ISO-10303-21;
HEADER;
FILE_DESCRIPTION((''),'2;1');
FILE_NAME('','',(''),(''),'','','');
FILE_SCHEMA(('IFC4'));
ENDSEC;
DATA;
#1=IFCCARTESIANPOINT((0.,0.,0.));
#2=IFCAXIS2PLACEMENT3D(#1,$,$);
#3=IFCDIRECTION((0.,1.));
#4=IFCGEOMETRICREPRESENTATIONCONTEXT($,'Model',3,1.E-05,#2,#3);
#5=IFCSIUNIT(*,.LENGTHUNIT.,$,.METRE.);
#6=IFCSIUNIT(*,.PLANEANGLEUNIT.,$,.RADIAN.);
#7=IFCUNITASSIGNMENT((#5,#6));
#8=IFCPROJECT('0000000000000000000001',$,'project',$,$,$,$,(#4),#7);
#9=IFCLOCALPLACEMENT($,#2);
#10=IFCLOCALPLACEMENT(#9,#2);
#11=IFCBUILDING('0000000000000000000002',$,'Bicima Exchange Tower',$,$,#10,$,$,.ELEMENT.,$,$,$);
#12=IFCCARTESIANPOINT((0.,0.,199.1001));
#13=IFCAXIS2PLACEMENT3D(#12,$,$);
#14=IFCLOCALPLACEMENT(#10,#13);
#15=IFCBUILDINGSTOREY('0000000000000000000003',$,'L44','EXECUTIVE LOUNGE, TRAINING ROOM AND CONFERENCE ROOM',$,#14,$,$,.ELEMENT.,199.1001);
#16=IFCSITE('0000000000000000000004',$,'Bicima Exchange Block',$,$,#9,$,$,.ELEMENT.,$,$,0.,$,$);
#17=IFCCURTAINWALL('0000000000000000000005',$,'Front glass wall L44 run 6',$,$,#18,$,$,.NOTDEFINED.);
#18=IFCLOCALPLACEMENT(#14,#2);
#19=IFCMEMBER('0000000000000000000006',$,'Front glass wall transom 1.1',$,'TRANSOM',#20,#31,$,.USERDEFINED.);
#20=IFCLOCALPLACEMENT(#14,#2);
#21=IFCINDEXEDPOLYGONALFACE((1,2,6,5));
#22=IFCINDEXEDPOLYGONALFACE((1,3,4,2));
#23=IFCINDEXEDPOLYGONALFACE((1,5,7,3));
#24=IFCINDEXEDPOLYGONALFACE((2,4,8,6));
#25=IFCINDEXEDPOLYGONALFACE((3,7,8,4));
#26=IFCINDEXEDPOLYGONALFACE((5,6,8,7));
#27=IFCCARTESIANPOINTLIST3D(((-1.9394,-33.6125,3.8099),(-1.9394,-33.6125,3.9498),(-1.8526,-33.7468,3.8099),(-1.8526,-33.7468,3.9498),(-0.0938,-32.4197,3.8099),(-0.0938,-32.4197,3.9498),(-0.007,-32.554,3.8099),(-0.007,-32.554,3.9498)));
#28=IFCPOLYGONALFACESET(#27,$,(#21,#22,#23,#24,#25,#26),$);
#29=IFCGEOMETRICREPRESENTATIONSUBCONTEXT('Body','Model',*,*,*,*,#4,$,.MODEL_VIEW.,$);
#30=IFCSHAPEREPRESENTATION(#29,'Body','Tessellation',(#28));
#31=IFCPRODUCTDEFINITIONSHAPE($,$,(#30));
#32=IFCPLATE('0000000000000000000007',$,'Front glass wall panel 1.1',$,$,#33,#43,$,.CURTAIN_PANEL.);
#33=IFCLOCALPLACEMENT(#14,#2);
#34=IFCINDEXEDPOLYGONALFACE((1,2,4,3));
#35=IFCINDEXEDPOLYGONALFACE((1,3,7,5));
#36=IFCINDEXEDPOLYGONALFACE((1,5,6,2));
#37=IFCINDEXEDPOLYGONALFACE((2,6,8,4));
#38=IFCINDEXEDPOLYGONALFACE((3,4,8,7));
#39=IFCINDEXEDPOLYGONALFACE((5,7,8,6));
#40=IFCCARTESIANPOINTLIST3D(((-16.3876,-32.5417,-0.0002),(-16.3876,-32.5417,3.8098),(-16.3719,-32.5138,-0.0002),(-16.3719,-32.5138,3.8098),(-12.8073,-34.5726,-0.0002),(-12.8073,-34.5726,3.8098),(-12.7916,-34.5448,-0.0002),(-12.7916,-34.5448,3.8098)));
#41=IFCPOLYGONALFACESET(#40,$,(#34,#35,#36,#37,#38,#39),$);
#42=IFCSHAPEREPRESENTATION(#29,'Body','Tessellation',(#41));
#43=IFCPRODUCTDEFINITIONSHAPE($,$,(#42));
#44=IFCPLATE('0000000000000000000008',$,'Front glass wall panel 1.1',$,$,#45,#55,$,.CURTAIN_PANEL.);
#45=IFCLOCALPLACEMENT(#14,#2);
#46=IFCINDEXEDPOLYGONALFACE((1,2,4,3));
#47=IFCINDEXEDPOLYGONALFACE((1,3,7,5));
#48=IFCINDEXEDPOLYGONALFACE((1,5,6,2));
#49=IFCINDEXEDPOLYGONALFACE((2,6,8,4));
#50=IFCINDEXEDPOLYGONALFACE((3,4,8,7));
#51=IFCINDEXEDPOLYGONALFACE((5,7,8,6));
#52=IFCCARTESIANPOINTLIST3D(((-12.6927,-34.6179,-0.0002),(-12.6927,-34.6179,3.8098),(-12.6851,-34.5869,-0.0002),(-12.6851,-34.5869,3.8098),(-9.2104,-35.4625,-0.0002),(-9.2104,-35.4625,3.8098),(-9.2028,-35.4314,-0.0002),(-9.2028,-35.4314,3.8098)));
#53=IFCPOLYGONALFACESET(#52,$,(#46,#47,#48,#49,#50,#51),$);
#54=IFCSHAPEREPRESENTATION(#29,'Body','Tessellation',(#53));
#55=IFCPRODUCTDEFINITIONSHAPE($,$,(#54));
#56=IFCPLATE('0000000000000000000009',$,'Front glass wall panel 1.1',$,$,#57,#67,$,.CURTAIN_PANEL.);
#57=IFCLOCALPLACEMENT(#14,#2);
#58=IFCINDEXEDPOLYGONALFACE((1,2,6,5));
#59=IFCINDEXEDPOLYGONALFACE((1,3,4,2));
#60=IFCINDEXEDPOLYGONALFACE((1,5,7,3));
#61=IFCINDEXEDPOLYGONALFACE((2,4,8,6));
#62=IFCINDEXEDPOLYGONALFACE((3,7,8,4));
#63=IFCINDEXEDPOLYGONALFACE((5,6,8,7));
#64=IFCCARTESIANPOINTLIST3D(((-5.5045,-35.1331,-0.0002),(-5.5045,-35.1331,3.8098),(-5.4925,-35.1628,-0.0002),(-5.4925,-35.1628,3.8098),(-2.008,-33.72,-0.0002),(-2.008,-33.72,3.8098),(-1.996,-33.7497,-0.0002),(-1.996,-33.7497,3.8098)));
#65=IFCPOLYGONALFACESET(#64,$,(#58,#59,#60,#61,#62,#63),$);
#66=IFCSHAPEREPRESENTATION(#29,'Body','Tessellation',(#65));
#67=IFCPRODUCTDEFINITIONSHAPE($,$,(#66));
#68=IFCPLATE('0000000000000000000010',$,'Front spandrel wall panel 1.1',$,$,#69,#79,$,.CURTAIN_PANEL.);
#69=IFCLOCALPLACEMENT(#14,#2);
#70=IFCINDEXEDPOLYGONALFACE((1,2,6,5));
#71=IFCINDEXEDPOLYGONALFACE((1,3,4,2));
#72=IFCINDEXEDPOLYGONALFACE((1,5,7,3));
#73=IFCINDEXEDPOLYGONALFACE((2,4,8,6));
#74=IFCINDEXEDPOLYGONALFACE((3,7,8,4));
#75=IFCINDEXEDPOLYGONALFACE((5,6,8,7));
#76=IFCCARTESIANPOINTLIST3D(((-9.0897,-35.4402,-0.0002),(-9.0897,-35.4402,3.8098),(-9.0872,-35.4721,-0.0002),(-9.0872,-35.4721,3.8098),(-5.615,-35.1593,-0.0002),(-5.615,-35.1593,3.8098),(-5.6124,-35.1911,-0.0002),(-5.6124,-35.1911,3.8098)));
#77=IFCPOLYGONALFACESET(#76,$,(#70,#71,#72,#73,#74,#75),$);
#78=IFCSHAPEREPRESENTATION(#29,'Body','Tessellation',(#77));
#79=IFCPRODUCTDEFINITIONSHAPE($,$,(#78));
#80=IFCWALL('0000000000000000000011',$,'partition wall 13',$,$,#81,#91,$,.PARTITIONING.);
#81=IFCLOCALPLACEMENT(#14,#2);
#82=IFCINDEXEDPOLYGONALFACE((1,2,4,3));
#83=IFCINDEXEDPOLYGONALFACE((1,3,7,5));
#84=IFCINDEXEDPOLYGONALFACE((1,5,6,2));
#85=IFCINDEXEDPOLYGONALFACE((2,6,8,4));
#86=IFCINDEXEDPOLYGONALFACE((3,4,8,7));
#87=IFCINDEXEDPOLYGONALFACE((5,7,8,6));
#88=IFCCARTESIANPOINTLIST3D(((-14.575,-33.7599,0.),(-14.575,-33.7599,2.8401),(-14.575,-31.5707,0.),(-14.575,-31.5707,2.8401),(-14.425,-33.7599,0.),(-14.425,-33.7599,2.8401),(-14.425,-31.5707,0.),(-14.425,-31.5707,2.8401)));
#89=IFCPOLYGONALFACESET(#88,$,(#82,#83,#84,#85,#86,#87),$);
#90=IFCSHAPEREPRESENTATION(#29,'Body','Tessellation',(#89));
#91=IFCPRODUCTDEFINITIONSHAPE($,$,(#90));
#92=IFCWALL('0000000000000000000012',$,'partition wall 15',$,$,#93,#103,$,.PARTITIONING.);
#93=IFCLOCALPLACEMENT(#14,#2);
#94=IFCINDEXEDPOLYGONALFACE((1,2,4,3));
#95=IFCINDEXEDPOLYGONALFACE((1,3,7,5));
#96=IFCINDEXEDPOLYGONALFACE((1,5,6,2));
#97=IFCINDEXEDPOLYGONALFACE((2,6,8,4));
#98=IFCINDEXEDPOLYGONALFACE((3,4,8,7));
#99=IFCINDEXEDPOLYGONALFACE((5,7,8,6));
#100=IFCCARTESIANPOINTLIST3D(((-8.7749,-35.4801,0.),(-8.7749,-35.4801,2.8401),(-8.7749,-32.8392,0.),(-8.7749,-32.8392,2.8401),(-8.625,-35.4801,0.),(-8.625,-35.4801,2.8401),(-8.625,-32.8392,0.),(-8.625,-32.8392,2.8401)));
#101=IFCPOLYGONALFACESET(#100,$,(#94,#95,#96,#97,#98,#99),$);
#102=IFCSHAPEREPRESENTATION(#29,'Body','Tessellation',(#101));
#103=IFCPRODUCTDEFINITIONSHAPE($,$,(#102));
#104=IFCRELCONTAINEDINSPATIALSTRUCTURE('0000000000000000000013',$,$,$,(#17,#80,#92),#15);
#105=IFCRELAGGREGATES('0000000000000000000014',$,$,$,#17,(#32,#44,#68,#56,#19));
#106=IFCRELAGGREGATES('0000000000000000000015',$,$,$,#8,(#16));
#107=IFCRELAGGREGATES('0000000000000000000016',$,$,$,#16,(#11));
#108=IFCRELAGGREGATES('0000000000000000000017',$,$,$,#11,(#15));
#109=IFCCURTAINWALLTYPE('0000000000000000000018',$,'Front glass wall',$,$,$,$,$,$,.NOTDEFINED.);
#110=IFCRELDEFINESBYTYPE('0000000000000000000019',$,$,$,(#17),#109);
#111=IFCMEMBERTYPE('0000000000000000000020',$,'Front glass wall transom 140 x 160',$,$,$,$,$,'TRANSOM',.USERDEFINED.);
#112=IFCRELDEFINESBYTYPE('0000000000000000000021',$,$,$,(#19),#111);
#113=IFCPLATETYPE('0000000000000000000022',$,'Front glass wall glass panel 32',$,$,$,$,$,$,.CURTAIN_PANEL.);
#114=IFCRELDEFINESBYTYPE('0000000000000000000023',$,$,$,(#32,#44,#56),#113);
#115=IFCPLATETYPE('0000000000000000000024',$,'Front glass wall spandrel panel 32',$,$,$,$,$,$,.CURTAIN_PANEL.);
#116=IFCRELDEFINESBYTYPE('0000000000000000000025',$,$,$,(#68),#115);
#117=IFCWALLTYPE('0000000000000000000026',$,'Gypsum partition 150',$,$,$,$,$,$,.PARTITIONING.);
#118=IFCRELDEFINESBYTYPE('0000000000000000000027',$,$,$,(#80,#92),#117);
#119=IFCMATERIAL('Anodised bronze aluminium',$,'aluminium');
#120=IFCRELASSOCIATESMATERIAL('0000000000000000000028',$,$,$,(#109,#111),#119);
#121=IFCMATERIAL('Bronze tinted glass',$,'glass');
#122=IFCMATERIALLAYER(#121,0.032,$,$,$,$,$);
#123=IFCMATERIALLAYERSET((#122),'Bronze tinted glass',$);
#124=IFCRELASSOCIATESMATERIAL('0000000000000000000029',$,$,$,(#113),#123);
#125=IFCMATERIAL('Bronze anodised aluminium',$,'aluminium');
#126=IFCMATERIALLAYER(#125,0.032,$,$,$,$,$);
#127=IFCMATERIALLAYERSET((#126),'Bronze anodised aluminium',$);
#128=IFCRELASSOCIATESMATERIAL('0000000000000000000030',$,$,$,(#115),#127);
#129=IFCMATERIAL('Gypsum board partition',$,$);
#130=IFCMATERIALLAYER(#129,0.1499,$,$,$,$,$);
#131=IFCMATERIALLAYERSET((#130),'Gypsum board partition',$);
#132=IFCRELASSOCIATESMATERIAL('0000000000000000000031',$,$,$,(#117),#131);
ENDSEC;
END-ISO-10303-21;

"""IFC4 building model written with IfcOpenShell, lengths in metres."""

from ifc_helpers import new_model, si_unit, direction, frame, frame_2d, origin, origin_2d, place, context, subcontext, project, spatial, rectangle, extrude, material, layer, layer_set, material_profile, profile_set, type_object, element, aggregate, save


model = new_model("IFC4")

# Units and contexts
model_context = context("Model", 3, precision=1e-05, world=origin(), true_north=direction((0.0, 1.0)))
body_context = subcontext(model_context, "Body", "Model", "MODEL_VIEW")
ifc_project = project(units=[si_unit("LENGTHUNIT", "METRE"), si_unit("PLANEANGLEUNIT", "RADIAN")], contexts=[model_context])

# Site, building, storey
site_placement = place(None, origin())
site = spatial("IfcSite", under=ifc_project, at=site_placement, Name="Bicima Exchange Block", CompositionType="ELEMENT", RefElevation=0.0)
building_placement = place(site_placement, origin())
building = spatial("IfcBuilding", under=site, at=building_placement, Name="Bicima Exchange Tower", CompositionType="ELEMENT")
storey_placement = place(building_placement, frame((0.0, 0.0, 199.1001)))
storey = spatial("IfcBuildingStorey", under=building, at=storey_placement, Name="L44", Description="EXECUTIVE LOUNGE, TRAINING ROOM AND CONFERENCE ROOM", CompositionType="ELEMENT", Elevation=199.1001)

# Curtain wall, member, plates
ifc_material_1 = material(Name="Anodised bronze aluminium", Category="aluminium")
curtain_wall_type = type_object("IfcCurtainWallType", Name="Front glass wall", PredefinedType="NOTDEFINED", material=ifc_material_1)
curtain_wall_placement = place(storey_placement, origin())
curtain_wall = element("IfcCurtainWall", 1, at=curtain_wall_placement, inside=storey, type_object=curtain_wall_type, Name="Front glass wall L44 run 6", PredefinedType="NOTDEFINED")
ifc_material_profile_1 = material_profile(ifc_material_1, rectangle(XDim=0.1599, YDim=0.1399, at=origin_2d()))
ifc_profile_set_1 = profile_set([ifc_material_profile_1], Name="Anodised bronze aluminium")
member_type_1 = type_object("IfcMemberType", Name="Front glass wall transom 140 x 160", ElementType="TRANSOM", PredefinedType="USERDEFINED", material=ifc_profile_set_1)
member_1_placement = place(storey_placement, frame((-1.896, -33.6797, 3.8799), z_axis=(0.839862, 0.5428, 0.0), x_axis=(-0.5428, 0.839862, 0.0)))
member_1 = element("IfcMember", 2, at=member_1_placement, type_object=member_type_1, Name="Front glass wall transom 1.1", ObjectType="TRANSOM", PredefinedType="USERDEFINED", context=body_context, shape_type="SweptSolid", body=[
    extrude(rectangle(XDim=0.1599, YDim=0.1399, at=origin_2d()), origin(), (0.0, 0.0, 1.0), 2.1975),
])
ifc_material_2 = material(Name="Bronze tinted glass", Category="glass")
ifc_layer_1 = layer(ifc_material_2, 0.032)
ifc_layer_set_1 = layer_set([ifc_layer_1], Name="Bronze tinted glass")
plate_type_1 = type_object("IfcPlateType", Name="Front glass wall glass panel 32", PredefinedType="CURTAIN_PANEL", material=ifc_layer_set_1)
plate_1_placement = place(storey_placement, frame((-14.5896, -33.5432, -0.0002), z_axis=(0.0, 0.0, 1.0), x_axis=(0.869805, -0.493395, 0.0)))
plate_1 = element("IfcPlate", 3, at=plate_1_placement, type_object=plate_type_1, Name="Front glass wall panel 1.1", PredefinedType="CURTAIN_PANEL", context=body_context, shape_type="SweptSolid", body=[
    extrude(rectangle(XDim=4.1162, YDim=0.032, at=origin_2d()), origin(), (0.0, 0.0, 1.0), 3.8101),
])
plate_2_placement = place(storey_placement, frame((-10.9478, -35.0247, -0.0002), z_axis=(0.0, 0.0, 1.0), x_axis=(0.97183, -0.235682, 0.0)))
plate_2 = element("IfcPlate", 4, at=plate_2_placement, type_object=plate_type_1, Name="Front glass wall panel 1.1", PredefinedType="CURTAIN_PANEL", context=body_context, shape_type="SweptSolid", body=[
    extrude(rectangle(XDim=3.5833, YDim=0.032, at=origin_2d()), origin(), (0.0, 0.0, 1.0), 3.8101),
])
plate_3_placement = place(storey_placement, frame((-3.7502, -34.4414, -0.0002), z_axis=(0.0, 0.0, 1.0), x_axis=(0.927144, 0.374705, 0.0)))
plate_3 = element("IfcPlate", 5, at=plate_3_placement, type_object=plate_type_1, Name="Front glass wall panel 1.1", PredefinedType="CURTAIN_PANEL", context=body_context, shape_type="SweptSolid", body=[
    extrude(rectangle(XDim=3.7712, YDim=0.032, at=origin_2d()), origin(), (0.0, 0.0, 1.0), 3.8101),
])
ifc_material_3 = material(Name="Bronze anodised aluminium", Category="aluminium")
ifc_layer_2 = layer(ifc_material_3, 0.032)
ifc_layer_set_2 = layer_set([ifc_layer_2], Name="Bronze anodised aluminium")
plate_type_2 = type_object("IfcPlateType", Name="Front glass wall spandrel panel 32", PredefinedType="CURTAIN_PANEL", material=ifc_layer_set_2)
plate_4_placement = place(storey_placement, frame((-7.3511, -35.3157, -0.0002), z_axis=(0.0, 0.0, 1.0), x_axis=(0.996747, 0.080589, 0.0)))
plate_4 = element("IfcPlate", 6, at=plate_4_placement, type_object=plate_type_2, Name="Front spandrel wall panel 1.1", PredefinedType="CURTAIN_PANEL", context=body_context, shape_type="SweptSolid", body=[
    extrude(rectangle(XDim=3.4861, YDim=0.032, at=origin_2d()), origin(), (0.0, 0.0, 1.0), 3.8101),
])
aggregate(curtain_wall, [plate_1, plate_2, plate_4, plate_3, member_1])

# Walls
ifc_material_4 = material(Name="Gypsum board partition")
ifc_layer_3 = layer(ifc_material_4, 0.1499)
ifc_layer_set_3 = layer_set([ifc_layer_3], Name="Gypsum board partition")
wall_type = type_object("IfcWallType", Name="Gypsum partition 150", PredefinedType="PARTITIONING", material=ifc_layer_set_3)
wall_1_placement = place(storey_placement, frame((-14.5, -33.76, 0.0), z_axis=(0.0, 0.0, 1.0), x_axis=(0.0, 1.0, 0.0)))
element("IfcWall", 7, at=wall_1_placement, inside=storey, type_object=wall_type, Name="partition wall 13", PredefinedType="PARTITIONING", context=body_context, shape_type="SweptSolid", body=[
    extrude(rectangle(XDim=2.1892, YDim=0.1499, at=frame_2d((1.0947, 0.0))), origin(), (0.0, 0.0, 1.0), 2.8401),
])
wall_2_placement = place(storey_placement, frame((-8.7, -35.48, 0.0), z_axis=(0.0, 0.0, 1.0), x_axis=(0.0, 1.0, 0.0)))
element("IfcWall", 8, at=wall_2_placement, inside=storey, type_object=wall_type, Name="partition wall 15", PredefinedType="PARTITIONING", context=body_context, shape_type="SweptSolid", body=[
    extrude(rectangle(XDim=2.6409, YDim=0.1499, at=frame_2d((1.3203, 0.0))), origin(), (0.0, 0.0, 1.0), 2.8401),
])

save(model, "model.ifc")
